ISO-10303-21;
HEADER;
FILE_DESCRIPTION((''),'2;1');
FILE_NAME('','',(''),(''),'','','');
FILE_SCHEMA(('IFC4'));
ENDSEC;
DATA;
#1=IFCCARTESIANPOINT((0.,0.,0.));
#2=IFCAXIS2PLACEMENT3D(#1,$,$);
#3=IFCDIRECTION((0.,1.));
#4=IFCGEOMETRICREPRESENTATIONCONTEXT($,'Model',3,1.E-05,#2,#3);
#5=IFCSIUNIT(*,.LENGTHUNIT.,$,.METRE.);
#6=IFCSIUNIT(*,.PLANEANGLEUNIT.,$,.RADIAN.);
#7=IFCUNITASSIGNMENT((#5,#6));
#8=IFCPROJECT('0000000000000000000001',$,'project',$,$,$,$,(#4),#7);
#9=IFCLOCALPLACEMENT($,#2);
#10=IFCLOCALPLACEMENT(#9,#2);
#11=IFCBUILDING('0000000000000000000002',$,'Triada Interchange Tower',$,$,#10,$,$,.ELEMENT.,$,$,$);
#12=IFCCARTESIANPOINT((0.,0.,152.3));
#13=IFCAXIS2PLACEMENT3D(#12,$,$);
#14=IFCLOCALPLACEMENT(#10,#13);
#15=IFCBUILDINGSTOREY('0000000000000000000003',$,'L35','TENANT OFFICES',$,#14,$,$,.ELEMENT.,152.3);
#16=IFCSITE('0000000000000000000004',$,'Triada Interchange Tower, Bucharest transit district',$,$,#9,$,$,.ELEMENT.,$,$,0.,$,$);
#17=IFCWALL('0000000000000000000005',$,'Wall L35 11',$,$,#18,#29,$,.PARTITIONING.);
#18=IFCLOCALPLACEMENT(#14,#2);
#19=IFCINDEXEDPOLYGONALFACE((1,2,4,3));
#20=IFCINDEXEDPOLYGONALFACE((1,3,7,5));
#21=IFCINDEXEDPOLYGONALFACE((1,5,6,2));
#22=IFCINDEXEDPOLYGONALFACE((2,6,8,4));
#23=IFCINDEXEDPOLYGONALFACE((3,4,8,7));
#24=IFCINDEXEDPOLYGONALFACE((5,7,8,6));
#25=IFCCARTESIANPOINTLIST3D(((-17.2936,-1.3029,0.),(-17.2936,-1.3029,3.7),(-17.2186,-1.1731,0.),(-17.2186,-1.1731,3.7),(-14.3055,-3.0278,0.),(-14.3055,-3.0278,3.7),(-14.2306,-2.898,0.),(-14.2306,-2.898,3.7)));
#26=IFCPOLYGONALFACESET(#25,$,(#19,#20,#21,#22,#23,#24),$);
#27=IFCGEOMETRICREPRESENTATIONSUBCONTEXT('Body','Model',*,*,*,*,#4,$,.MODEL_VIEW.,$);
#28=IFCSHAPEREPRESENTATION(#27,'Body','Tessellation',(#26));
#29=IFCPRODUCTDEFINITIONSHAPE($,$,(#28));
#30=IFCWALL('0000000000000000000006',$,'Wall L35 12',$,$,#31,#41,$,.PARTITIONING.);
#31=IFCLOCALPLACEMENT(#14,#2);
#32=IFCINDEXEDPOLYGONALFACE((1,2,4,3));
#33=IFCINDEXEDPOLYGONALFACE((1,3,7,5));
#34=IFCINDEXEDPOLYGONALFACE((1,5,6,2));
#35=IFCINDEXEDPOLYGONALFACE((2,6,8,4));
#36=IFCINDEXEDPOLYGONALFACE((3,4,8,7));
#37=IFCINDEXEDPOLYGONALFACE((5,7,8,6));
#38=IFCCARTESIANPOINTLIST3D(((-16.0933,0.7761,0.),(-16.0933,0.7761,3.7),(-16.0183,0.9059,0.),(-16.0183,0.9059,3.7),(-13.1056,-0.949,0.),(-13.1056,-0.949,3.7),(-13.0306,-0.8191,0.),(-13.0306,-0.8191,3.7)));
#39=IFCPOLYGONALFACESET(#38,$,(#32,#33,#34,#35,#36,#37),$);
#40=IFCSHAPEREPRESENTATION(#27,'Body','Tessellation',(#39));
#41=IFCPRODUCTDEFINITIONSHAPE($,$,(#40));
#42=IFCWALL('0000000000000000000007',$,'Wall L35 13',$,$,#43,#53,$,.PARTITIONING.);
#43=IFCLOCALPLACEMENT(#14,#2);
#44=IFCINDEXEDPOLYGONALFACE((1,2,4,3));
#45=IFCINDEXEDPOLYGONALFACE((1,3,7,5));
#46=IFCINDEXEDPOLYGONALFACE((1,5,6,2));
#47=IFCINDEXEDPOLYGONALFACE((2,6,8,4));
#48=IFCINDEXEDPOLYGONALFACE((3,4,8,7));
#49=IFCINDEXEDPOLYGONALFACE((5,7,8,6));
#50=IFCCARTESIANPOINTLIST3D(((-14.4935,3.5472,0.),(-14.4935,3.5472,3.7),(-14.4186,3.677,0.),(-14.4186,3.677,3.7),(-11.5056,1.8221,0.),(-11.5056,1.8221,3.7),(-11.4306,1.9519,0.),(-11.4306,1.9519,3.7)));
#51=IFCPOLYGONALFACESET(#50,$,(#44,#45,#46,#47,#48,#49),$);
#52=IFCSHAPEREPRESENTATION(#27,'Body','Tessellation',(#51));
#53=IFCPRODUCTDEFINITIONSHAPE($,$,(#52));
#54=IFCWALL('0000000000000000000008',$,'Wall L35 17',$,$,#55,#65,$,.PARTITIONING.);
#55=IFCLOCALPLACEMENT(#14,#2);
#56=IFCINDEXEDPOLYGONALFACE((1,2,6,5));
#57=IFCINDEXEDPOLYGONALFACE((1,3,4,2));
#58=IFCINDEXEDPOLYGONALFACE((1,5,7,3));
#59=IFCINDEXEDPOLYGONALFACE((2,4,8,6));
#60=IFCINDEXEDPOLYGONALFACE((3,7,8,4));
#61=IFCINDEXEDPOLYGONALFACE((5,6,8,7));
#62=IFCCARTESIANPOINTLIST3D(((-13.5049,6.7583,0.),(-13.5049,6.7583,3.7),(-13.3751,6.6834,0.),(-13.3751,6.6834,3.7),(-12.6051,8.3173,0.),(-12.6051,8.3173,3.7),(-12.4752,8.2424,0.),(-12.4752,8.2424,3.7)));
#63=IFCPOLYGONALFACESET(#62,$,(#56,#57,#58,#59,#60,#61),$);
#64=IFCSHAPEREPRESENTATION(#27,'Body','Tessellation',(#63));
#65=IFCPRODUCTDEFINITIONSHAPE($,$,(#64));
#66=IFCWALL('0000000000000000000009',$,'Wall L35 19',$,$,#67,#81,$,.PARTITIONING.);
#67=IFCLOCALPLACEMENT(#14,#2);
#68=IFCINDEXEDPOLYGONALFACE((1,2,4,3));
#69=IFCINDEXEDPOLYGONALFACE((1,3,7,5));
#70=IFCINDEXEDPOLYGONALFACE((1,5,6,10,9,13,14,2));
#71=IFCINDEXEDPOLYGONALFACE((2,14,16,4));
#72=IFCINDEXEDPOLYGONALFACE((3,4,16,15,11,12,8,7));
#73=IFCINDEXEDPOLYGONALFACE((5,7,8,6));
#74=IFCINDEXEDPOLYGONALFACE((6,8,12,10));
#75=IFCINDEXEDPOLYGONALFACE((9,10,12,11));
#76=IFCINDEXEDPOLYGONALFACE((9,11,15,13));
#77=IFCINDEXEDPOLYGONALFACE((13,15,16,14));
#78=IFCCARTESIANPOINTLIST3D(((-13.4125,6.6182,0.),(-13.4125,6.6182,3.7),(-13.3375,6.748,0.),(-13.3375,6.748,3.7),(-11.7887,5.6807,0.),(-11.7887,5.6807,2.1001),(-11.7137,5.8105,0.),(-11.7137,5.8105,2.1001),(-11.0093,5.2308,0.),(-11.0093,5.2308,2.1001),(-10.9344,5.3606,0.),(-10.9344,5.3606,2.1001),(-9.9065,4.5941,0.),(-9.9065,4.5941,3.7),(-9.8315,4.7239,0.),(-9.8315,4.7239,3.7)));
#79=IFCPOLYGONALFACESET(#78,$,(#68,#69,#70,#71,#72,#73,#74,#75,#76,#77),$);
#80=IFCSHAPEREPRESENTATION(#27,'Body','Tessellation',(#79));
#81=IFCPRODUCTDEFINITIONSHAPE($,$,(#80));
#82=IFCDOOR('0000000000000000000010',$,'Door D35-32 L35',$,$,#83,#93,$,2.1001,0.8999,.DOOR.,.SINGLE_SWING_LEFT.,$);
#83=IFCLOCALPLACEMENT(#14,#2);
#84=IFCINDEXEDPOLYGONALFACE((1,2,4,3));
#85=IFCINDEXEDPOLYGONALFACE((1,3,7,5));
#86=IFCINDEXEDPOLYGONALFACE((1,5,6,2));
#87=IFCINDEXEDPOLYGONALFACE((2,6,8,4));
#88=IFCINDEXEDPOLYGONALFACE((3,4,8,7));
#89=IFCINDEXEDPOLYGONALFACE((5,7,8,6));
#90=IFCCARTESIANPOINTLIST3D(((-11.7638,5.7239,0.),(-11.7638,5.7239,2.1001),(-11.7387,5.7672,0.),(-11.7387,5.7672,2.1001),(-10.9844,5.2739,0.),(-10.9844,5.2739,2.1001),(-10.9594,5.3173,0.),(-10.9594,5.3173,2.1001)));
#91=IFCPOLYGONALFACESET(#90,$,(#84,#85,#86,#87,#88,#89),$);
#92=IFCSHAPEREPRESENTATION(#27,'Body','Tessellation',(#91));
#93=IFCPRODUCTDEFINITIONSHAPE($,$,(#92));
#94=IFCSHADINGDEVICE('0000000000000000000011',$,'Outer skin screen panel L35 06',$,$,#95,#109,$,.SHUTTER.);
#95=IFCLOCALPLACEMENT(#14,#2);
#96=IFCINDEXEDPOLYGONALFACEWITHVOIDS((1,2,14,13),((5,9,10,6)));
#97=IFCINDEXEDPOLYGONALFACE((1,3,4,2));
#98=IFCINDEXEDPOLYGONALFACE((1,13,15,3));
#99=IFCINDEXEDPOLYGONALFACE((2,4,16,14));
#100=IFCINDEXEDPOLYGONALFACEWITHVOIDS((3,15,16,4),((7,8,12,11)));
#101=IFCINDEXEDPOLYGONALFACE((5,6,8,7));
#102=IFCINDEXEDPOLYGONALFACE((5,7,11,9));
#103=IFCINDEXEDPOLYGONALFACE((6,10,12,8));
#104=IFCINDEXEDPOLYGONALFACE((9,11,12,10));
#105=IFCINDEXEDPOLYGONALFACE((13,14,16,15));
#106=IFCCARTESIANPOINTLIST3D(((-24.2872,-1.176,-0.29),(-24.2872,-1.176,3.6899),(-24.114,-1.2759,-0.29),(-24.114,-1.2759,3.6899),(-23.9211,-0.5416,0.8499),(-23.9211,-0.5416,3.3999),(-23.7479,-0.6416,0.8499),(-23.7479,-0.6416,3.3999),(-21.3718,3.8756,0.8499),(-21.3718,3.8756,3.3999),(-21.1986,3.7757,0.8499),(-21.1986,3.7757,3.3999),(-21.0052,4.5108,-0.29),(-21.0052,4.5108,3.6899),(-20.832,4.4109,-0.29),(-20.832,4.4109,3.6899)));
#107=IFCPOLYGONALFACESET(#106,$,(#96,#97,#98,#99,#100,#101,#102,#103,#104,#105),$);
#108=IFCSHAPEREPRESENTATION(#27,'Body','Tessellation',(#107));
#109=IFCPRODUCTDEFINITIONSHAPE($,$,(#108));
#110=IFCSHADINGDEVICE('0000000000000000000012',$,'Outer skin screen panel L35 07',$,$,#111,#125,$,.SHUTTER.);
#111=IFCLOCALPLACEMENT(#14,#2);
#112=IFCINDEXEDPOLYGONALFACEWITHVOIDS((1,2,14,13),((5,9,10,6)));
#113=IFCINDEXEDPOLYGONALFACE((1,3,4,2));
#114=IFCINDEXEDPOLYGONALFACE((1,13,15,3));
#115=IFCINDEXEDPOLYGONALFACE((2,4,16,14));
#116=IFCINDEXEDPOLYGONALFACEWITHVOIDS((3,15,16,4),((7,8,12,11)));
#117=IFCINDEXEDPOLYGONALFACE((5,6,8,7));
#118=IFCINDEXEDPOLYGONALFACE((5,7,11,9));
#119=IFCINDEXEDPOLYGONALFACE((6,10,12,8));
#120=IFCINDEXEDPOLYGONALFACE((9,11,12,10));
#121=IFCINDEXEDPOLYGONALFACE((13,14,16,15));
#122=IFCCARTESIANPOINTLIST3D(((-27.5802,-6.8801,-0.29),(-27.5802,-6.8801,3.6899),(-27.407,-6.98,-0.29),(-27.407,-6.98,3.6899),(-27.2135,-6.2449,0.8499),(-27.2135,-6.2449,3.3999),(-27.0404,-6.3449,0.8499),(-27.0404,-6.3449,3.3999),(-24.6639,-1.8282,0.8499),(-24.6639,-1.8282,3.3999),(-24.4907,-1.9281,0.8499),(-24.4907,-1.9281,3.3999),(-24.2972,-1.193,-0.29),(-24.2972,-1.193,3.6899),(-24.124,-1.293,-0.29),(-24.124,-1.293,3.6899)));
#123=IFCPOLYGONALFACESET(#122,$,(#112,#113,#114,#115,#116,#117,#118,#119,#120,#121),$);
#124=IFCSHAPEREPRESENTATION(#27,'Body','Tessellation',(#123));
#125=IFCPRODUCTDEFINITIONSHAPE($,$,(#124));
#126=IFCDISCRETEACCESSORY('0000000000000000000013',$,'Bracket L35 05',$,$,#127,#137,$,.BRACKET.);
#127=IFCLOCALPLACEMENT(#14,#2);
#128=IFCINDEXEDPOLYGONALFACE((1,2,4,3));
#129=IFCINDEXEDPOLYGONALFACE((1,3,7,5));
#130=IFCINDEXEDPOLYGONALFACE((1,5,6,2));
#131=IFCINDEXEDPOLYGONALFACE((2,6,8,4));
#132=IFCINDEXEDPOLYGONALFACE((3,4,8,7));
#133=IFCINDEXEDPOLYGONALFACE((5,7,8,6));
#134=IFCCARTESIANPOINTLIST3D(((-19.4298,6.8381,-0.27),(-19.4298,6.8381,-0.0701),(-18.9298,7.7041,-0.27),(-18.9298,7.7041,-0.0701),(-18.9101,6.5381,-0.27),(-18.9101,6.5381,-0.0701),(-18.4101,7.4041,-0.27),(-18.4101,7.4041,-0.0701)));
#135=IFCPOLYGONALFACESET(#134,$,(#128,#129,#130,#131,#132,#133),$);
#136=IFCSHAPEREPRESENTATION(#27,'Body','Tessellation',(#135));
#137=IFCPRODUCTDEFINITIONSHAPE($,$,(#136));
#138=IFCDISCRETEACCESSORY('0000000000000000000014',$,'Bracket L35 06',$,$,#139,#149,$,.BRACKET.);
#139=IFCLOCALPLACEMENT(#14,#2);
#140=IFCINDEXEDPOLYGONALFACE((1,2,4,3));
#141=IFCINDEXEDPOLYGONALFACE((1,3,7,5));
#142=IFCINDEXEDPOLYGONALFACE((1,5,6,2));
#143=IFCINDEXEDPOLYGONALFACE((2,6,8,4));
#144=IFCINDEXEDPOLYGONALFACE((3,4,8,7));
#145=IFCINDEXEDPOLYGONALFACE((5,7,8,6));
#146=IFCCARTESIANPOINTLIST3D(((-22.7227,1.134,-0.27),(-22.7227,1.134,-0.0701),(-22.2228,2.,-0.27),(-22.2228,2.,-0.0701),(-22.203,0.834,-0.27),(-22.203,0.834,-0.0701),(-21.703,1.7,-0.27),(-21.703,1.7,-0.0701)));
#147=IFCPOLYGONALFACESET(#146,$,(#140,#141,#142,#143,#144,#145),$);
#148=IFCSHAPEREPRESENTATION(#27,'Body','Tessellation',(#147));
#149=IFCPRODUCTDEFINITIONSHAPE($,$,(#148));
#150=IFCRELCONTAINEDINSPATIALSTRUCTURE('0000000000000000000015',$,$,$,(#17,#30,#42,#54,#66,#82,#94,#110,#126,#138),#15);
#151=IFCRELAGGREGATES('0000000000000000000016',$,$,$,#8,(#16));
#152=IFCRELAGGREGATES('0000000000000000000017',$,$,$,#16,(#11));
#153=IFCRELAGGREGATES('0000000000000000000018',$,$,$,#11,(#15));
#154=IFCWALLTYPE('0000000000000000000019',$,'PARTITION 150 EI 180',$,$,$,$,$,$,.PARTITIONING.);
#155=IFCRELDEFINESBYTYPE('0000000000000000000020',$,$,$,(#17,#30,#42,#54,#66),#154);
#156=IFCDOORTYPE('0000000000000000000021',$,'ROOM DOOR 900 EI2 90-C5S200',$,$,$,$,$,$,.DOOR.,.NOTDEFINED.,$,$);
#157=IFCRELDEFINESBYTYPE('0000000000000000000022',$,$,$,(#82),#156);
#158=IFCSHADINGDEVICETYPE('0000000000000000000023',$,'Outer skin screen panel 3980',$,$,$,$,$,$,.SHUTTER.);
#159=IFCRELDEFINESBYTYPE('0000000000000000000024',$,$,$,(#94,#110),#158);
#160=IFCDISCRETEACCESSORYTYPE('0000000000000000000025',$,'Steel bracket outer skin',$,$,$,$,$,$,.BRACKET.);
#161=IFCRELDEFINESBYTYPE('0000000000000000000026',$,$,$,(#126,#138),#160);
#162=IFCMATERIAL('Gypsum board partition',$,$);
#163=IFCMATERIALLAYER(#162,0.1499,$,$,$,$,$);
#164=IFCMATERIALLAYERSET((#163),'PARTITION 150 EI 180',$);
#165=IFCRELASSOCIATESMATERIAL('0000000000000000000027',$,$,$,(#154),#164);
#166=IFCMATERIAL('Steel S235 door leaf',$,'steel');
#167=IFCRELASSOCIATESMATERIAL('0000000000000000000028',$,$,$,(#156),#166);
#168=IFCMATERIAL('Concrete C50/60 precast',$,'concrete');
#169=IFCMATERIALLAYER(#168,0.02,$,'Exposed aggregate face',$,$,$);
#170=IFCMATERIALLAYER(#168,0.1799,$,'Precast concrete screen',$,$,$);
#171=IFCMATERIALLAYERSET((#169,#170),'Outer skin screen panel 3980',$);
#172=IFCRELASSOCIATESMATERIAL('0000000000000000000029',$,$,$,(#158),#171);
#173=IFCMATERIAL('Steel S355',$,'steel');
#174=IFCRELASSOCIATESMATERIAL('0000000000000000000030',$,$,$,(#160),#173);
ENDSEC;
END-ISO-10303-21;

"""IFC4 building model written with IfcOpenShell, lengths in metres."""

from ifc_helpers import new_model, si_unit, direction, frame, frame_2d, origin, origin_2d, place, context, subcontext, project, spatial, polyline, rectangle, outline, extrude, material, layer, layer_set, type_object, element, fill, save


model = new_model("IFC4")

# Units and contexts
model_context = context("Model", 3, precision=1e-05, world=origin(), true_north=direction((0.0, 1.0)))
body_context = subcontext(model_context, "Body", "Model", "MODEL_VIEW")
ifc_project = project(units=[si_unit("LENGTHUNIT", "METRE"), si_unit("PLANEANGLEUNIT", "RADIAN")], contexts=[model_context])

# Site, building, storey
site_placement = place(None, origin())
site = spatial("IfcSite", under=ifc_project, at=site_placement, Name="Triada Interchange Tower, Bucharest transit district", CompositionType="ELEMENT", RefElevation=0.0)
building_placement = place(site_placement, origin())
building = spatial("IfcBuilding", under=site, at=building_placement, Name="Triada Interchange Tower", CompositionType="ELEMENT")
storey_placement = place(building_placement, frame((0.0, 0.0, 152.3)))
storey = spatial("IfcBuildingStorey", under=building, at=storey_placement, Name="L35", Description="TENANT OFFICES", CompositionType="ELEMENT", Elevation=152.3)

# Shared definitions
ifc_material_1 = material(Name="Steel S235 door leaf", Category="steel")

# Shared definitions
ifc_material_2 = material(Name="Gypsum board partition")
ifc_layer_1 = layer(ifc_material_2, 0.1499)
ifc_layer_set_1 = layer_set([ifc_layer_1], Name="PARTITION 150 EI 180")
wall_type_1 = type_object("IfcWallType", Name="PARTITION 150 EI 180", PredefinedType="PARTITIONING", material=ifc_layer_set_1)

# Walls
wall_1_placement = place(storey_placement, frame((-17.2561, -1.238, 0.0), z_axis=(0.0, 0.0, 1.0), x_axis=(0.866062, -0.499937, 0.0)))
element("IfcWall", 1, at=wall_1_placement, inside=storey, type_object=wall_type_1, Name="Wall L35 11", PredefinedType="PARTITIONING", context=body_context, shape_type="SweptSolid", body=[
    extrude(rectangle(XDim=3.4502, YDim=0.1499, at=frame_2d((1.7251, 0.0))), origin(), (0.0, 0.0, 1.0), 3.7),
])
wall_2_placement = place(storey_placement, frame((-16.0559, 0.8411, 0.0), z_axis=(0.0, 0.0, 1.0), x_axis=(0.866014, -0.500021, 0.0)))
element("IfcWall", 2, at=wall_2_placement, inside=storey, type_object=wall_type_1, Name="Wall L35 12", PredefinedType="PARTITIONING", context=body_context, shape_type="SweptSolid", body=[
    extrude(rectangle(XDim=3.45, YDim=0.1499, at=frame_2d((1.7251, 0.0))), origin(), (0.0, 0.0, 1.0), 3.7),
])
wall_3_placement = place(storey_placement, frame((-14.4561, 3.6121, 0.0), z_axis=(0.0, 0.0, 1.0), x_axis=(0.866031, -0.49999, 0.0)))
element("IfcWall", 3, at=wall_3_placement, inside=storey, type_object=wall_type_1, Name="Wall L35 13", PredefinedType="PARTITIONING", context=body_context, shape_type="SweptSolid", body=[
    extrude(rectangle(XDim=3.4502, YDim=0.1499, at=frame_2d((1.7251, 0.0))), origin(), (0.0, 0.0, 1.0), 3.7),
])
wall_4_placement = place(storey_placement, frame((-13.4399, 6.7209, 0.0), z_axis=(0.0, 0.0, 1.0), x_axis=(0.499902, 0.866082, 0.0)))
element("IfcWall", 4, at=wall_4_placement, inside=storey, type_object=wall_type_1, Name="Wall L35 17", PredefinedType="PARTITIONING", context=body_context, shape_type="SweptSolid", body=[
    extrude(rectangle(XDim=1.8, YDim=0.1499, at=frame_2d((0.8999, 0.0))), origin(), (0.0, 0.0, 1.0), 3.7),
])

# Wall, opening, door
wall_5_placement = place(storey_placement, frame((-13.375, 6.6831, 0.0), z_axis=(0.0, 0.0, 1.0), x_axis=(0.866034, -0.499985, 0.0)))
wall_5 = element("IfcWall", 5, at=wall_5_placement, inside=storey, type_object=wall_type_1, Name="Wall L35 19", PredefinedType="PARTITIONING", context=body_context, shape_type="SweptSolid", body=[
    extrude(rectangle(XDim=4.0483, YDim=0.1499, at=frame_2d((2.0242, 0.0))), origin(), (0.0, 0.0, 1.0), 3.7),
])
opening_1_placement = place(wall_5_placement, frame((1.875, 0.0, 0.0)))
opening_1 = element("IfcOpeningElement", 6, at=opening_1_placement, cuts=wall_5, PredefinedType="OPENING", context=body_context, shape_type="SweptSolid", body=[
    extrude(rectangle(XDim=0.8999, YDim=2.1001, at=frame_2d((0.45, 1.05))), frame((0.0, 0.085, 0.0), z_axis=(0.0, -1.0, 0.0), x_axis=(1.0, 0.0, 0.0)), (0.0, 0.0, 1.0), 0.1699),
])
door_type_1 = type_object("IfcDoorType", Name="ROOM DOOR 900 EI2 90-C5S200", OperationType="NOTDEFINED", PredefinedType="DOOR", material=ifc_material_1)
door_1_placement = place(opening_1_placement, origin())
door_1 = element("IfcDoor", 7, at=door_1_placement, inside=storey, type_object=door_type_1, Name="Door D35-32 L35", OperationType="SINGLE_SWING_LEFT", OverallHeight=2.1001, OverallWidth=0.8999, PredefinedType="DOOR", context=body_context, shape_type="SweptSolid", body=[
    extrude(rectangle(XDim=0.8999, YDim=2.1001, at=frame_2d((0.45, 1.05))), frame((0.0, 0.0249, 0.0), z_axis=(0.0, -1.0, 0.0), x_axis=(1.0, 0.0, 0.0)), (0.0, 0.0, 1.0), 0.05),
])
fill(opening_1, door_1)

# Shading devices
ifc_material_3 = material(Name="Concrete C50/60 precast", Category="concrete")
ifc_layer_2 = layer(ifc_material_3, 0.02, Name="Exposed aggregate face")
ifc_layer_3 = layer(ifc_material_3, 0.1799, Name="Precast concrete screen")
ifc_layer_set_2 = layer_set([ifc_layer_2, ifc_layer_3], Name="Outer skin screen panel 3980")
shading_device_type = type_object("IfcShadingDeviceType", Name="Outer skin screen panel 3980", PredefinedType="SHUTTER", material=ifc_layer_set_2)
shading_device_1_placement = place(storey_placement, frame((-20.832, 4.4109, -0.29), z_axis=(0.0, 0.0, 1.0), x_axis=(-0.499854, -0.866109, 0.0)))
element("IfcShadingDevice", 8, at=shading_device_1_placement, inside=storey, type_object=shading_device_type, Name="Outer skin screen panel L35 06", PredefinedType="SHUTTER", context=body_context, shape_type="SweptSolid", body=[
    extrude(outline(polyline([(0.0, 0.0), (6.5659, 0.0), (6.5659, 3.98), (0.0, 3.98), (0.0, 0.0)]), holes=[polyline([(0.7334, 1.1399), (0.7334, 3.6899), (5.8335, 3.6899), (5.8335, 1.1399), (0.7334, 1.1399)])]), frame((0.0, 0.0, 0.0), z_axis=(0.0, -1.0, 0.0), x_axis=(1.0, 0.0, 0.0)), (0.0, 0.0, 1.0), 0.2),
])
shading_device_2_placement = place(storey_placement, frame((-24.124, -1.293, -0.29), z_axis=(0.0, 0.0, 1.0), x_axis=(-0.49995, -0.866054, 0.0)))
element("IfcShadingDevice", 9, at=shading_device_2_placement, inside=storey, type_object=shading_device_type, Name="Outer skin screen panel L35 07", PredefinedType="SHUTTER", context=body_context, shape_type="SweptSolid", body=[
    extrude(outline(polyline([(0.0, 0.0), (6.5667, 0.0), (6.5667, 3.98), (0.0, 3.98), (0.0, 0.0)]), holes=[polyline([(0.7334, 1.1399), (0.7334, 3.6899), (5.8333, 3.6899), (5.8333, 1.1399), (0.7334, 1.1399)])]), frame((0.0, 0.0, 0.0), z_axis=(0.0, -1.0, 0.0), x_axis=(1.0, 0.0, 0.0)), (0.0, 0.0, 1.0), 0.2),
])

# Discrete accessories
ifc_material_4 = material(Name="Steel S355", Category="steel")
discrete_accessory_type = type_object("IfcDiscreteAccessoryType", Name="Steel bracket outer skin", PredefinedType="BRACKET", material=ifc_material_4)
for number, where, z_axis, x_axis, name in (
    (10, (-18.9199, 7.1211, -0.27), (0.0, 0.0, 1.0), (-0.866036, 0.499982, 0.0), "Bracket L35 05"),
    (11, (-22.2129, 1.417, -0.27), (0.0, 0.0, 1.0), (-0.866036, 0.499982, 0.0), "Bracket L35 06"),
):
    element("IfcDiscreteAccessory", number, at=place(storey_placement, frame(where, z_axis=z_axis, x_axis=x_axis)), inside=storey, type_object=discrete_accessory_type, Name=name, PredefinedType="BRACKET", context=body_context, shape_type="SweptSolid", body=[
        extrude(rectangle(XDim=0.6001, YDim=1.0, at=origin_2d()), origin(), (0.0, 0.0, 1.0), 0.2),
    ])

save(model, "model.ifc")
